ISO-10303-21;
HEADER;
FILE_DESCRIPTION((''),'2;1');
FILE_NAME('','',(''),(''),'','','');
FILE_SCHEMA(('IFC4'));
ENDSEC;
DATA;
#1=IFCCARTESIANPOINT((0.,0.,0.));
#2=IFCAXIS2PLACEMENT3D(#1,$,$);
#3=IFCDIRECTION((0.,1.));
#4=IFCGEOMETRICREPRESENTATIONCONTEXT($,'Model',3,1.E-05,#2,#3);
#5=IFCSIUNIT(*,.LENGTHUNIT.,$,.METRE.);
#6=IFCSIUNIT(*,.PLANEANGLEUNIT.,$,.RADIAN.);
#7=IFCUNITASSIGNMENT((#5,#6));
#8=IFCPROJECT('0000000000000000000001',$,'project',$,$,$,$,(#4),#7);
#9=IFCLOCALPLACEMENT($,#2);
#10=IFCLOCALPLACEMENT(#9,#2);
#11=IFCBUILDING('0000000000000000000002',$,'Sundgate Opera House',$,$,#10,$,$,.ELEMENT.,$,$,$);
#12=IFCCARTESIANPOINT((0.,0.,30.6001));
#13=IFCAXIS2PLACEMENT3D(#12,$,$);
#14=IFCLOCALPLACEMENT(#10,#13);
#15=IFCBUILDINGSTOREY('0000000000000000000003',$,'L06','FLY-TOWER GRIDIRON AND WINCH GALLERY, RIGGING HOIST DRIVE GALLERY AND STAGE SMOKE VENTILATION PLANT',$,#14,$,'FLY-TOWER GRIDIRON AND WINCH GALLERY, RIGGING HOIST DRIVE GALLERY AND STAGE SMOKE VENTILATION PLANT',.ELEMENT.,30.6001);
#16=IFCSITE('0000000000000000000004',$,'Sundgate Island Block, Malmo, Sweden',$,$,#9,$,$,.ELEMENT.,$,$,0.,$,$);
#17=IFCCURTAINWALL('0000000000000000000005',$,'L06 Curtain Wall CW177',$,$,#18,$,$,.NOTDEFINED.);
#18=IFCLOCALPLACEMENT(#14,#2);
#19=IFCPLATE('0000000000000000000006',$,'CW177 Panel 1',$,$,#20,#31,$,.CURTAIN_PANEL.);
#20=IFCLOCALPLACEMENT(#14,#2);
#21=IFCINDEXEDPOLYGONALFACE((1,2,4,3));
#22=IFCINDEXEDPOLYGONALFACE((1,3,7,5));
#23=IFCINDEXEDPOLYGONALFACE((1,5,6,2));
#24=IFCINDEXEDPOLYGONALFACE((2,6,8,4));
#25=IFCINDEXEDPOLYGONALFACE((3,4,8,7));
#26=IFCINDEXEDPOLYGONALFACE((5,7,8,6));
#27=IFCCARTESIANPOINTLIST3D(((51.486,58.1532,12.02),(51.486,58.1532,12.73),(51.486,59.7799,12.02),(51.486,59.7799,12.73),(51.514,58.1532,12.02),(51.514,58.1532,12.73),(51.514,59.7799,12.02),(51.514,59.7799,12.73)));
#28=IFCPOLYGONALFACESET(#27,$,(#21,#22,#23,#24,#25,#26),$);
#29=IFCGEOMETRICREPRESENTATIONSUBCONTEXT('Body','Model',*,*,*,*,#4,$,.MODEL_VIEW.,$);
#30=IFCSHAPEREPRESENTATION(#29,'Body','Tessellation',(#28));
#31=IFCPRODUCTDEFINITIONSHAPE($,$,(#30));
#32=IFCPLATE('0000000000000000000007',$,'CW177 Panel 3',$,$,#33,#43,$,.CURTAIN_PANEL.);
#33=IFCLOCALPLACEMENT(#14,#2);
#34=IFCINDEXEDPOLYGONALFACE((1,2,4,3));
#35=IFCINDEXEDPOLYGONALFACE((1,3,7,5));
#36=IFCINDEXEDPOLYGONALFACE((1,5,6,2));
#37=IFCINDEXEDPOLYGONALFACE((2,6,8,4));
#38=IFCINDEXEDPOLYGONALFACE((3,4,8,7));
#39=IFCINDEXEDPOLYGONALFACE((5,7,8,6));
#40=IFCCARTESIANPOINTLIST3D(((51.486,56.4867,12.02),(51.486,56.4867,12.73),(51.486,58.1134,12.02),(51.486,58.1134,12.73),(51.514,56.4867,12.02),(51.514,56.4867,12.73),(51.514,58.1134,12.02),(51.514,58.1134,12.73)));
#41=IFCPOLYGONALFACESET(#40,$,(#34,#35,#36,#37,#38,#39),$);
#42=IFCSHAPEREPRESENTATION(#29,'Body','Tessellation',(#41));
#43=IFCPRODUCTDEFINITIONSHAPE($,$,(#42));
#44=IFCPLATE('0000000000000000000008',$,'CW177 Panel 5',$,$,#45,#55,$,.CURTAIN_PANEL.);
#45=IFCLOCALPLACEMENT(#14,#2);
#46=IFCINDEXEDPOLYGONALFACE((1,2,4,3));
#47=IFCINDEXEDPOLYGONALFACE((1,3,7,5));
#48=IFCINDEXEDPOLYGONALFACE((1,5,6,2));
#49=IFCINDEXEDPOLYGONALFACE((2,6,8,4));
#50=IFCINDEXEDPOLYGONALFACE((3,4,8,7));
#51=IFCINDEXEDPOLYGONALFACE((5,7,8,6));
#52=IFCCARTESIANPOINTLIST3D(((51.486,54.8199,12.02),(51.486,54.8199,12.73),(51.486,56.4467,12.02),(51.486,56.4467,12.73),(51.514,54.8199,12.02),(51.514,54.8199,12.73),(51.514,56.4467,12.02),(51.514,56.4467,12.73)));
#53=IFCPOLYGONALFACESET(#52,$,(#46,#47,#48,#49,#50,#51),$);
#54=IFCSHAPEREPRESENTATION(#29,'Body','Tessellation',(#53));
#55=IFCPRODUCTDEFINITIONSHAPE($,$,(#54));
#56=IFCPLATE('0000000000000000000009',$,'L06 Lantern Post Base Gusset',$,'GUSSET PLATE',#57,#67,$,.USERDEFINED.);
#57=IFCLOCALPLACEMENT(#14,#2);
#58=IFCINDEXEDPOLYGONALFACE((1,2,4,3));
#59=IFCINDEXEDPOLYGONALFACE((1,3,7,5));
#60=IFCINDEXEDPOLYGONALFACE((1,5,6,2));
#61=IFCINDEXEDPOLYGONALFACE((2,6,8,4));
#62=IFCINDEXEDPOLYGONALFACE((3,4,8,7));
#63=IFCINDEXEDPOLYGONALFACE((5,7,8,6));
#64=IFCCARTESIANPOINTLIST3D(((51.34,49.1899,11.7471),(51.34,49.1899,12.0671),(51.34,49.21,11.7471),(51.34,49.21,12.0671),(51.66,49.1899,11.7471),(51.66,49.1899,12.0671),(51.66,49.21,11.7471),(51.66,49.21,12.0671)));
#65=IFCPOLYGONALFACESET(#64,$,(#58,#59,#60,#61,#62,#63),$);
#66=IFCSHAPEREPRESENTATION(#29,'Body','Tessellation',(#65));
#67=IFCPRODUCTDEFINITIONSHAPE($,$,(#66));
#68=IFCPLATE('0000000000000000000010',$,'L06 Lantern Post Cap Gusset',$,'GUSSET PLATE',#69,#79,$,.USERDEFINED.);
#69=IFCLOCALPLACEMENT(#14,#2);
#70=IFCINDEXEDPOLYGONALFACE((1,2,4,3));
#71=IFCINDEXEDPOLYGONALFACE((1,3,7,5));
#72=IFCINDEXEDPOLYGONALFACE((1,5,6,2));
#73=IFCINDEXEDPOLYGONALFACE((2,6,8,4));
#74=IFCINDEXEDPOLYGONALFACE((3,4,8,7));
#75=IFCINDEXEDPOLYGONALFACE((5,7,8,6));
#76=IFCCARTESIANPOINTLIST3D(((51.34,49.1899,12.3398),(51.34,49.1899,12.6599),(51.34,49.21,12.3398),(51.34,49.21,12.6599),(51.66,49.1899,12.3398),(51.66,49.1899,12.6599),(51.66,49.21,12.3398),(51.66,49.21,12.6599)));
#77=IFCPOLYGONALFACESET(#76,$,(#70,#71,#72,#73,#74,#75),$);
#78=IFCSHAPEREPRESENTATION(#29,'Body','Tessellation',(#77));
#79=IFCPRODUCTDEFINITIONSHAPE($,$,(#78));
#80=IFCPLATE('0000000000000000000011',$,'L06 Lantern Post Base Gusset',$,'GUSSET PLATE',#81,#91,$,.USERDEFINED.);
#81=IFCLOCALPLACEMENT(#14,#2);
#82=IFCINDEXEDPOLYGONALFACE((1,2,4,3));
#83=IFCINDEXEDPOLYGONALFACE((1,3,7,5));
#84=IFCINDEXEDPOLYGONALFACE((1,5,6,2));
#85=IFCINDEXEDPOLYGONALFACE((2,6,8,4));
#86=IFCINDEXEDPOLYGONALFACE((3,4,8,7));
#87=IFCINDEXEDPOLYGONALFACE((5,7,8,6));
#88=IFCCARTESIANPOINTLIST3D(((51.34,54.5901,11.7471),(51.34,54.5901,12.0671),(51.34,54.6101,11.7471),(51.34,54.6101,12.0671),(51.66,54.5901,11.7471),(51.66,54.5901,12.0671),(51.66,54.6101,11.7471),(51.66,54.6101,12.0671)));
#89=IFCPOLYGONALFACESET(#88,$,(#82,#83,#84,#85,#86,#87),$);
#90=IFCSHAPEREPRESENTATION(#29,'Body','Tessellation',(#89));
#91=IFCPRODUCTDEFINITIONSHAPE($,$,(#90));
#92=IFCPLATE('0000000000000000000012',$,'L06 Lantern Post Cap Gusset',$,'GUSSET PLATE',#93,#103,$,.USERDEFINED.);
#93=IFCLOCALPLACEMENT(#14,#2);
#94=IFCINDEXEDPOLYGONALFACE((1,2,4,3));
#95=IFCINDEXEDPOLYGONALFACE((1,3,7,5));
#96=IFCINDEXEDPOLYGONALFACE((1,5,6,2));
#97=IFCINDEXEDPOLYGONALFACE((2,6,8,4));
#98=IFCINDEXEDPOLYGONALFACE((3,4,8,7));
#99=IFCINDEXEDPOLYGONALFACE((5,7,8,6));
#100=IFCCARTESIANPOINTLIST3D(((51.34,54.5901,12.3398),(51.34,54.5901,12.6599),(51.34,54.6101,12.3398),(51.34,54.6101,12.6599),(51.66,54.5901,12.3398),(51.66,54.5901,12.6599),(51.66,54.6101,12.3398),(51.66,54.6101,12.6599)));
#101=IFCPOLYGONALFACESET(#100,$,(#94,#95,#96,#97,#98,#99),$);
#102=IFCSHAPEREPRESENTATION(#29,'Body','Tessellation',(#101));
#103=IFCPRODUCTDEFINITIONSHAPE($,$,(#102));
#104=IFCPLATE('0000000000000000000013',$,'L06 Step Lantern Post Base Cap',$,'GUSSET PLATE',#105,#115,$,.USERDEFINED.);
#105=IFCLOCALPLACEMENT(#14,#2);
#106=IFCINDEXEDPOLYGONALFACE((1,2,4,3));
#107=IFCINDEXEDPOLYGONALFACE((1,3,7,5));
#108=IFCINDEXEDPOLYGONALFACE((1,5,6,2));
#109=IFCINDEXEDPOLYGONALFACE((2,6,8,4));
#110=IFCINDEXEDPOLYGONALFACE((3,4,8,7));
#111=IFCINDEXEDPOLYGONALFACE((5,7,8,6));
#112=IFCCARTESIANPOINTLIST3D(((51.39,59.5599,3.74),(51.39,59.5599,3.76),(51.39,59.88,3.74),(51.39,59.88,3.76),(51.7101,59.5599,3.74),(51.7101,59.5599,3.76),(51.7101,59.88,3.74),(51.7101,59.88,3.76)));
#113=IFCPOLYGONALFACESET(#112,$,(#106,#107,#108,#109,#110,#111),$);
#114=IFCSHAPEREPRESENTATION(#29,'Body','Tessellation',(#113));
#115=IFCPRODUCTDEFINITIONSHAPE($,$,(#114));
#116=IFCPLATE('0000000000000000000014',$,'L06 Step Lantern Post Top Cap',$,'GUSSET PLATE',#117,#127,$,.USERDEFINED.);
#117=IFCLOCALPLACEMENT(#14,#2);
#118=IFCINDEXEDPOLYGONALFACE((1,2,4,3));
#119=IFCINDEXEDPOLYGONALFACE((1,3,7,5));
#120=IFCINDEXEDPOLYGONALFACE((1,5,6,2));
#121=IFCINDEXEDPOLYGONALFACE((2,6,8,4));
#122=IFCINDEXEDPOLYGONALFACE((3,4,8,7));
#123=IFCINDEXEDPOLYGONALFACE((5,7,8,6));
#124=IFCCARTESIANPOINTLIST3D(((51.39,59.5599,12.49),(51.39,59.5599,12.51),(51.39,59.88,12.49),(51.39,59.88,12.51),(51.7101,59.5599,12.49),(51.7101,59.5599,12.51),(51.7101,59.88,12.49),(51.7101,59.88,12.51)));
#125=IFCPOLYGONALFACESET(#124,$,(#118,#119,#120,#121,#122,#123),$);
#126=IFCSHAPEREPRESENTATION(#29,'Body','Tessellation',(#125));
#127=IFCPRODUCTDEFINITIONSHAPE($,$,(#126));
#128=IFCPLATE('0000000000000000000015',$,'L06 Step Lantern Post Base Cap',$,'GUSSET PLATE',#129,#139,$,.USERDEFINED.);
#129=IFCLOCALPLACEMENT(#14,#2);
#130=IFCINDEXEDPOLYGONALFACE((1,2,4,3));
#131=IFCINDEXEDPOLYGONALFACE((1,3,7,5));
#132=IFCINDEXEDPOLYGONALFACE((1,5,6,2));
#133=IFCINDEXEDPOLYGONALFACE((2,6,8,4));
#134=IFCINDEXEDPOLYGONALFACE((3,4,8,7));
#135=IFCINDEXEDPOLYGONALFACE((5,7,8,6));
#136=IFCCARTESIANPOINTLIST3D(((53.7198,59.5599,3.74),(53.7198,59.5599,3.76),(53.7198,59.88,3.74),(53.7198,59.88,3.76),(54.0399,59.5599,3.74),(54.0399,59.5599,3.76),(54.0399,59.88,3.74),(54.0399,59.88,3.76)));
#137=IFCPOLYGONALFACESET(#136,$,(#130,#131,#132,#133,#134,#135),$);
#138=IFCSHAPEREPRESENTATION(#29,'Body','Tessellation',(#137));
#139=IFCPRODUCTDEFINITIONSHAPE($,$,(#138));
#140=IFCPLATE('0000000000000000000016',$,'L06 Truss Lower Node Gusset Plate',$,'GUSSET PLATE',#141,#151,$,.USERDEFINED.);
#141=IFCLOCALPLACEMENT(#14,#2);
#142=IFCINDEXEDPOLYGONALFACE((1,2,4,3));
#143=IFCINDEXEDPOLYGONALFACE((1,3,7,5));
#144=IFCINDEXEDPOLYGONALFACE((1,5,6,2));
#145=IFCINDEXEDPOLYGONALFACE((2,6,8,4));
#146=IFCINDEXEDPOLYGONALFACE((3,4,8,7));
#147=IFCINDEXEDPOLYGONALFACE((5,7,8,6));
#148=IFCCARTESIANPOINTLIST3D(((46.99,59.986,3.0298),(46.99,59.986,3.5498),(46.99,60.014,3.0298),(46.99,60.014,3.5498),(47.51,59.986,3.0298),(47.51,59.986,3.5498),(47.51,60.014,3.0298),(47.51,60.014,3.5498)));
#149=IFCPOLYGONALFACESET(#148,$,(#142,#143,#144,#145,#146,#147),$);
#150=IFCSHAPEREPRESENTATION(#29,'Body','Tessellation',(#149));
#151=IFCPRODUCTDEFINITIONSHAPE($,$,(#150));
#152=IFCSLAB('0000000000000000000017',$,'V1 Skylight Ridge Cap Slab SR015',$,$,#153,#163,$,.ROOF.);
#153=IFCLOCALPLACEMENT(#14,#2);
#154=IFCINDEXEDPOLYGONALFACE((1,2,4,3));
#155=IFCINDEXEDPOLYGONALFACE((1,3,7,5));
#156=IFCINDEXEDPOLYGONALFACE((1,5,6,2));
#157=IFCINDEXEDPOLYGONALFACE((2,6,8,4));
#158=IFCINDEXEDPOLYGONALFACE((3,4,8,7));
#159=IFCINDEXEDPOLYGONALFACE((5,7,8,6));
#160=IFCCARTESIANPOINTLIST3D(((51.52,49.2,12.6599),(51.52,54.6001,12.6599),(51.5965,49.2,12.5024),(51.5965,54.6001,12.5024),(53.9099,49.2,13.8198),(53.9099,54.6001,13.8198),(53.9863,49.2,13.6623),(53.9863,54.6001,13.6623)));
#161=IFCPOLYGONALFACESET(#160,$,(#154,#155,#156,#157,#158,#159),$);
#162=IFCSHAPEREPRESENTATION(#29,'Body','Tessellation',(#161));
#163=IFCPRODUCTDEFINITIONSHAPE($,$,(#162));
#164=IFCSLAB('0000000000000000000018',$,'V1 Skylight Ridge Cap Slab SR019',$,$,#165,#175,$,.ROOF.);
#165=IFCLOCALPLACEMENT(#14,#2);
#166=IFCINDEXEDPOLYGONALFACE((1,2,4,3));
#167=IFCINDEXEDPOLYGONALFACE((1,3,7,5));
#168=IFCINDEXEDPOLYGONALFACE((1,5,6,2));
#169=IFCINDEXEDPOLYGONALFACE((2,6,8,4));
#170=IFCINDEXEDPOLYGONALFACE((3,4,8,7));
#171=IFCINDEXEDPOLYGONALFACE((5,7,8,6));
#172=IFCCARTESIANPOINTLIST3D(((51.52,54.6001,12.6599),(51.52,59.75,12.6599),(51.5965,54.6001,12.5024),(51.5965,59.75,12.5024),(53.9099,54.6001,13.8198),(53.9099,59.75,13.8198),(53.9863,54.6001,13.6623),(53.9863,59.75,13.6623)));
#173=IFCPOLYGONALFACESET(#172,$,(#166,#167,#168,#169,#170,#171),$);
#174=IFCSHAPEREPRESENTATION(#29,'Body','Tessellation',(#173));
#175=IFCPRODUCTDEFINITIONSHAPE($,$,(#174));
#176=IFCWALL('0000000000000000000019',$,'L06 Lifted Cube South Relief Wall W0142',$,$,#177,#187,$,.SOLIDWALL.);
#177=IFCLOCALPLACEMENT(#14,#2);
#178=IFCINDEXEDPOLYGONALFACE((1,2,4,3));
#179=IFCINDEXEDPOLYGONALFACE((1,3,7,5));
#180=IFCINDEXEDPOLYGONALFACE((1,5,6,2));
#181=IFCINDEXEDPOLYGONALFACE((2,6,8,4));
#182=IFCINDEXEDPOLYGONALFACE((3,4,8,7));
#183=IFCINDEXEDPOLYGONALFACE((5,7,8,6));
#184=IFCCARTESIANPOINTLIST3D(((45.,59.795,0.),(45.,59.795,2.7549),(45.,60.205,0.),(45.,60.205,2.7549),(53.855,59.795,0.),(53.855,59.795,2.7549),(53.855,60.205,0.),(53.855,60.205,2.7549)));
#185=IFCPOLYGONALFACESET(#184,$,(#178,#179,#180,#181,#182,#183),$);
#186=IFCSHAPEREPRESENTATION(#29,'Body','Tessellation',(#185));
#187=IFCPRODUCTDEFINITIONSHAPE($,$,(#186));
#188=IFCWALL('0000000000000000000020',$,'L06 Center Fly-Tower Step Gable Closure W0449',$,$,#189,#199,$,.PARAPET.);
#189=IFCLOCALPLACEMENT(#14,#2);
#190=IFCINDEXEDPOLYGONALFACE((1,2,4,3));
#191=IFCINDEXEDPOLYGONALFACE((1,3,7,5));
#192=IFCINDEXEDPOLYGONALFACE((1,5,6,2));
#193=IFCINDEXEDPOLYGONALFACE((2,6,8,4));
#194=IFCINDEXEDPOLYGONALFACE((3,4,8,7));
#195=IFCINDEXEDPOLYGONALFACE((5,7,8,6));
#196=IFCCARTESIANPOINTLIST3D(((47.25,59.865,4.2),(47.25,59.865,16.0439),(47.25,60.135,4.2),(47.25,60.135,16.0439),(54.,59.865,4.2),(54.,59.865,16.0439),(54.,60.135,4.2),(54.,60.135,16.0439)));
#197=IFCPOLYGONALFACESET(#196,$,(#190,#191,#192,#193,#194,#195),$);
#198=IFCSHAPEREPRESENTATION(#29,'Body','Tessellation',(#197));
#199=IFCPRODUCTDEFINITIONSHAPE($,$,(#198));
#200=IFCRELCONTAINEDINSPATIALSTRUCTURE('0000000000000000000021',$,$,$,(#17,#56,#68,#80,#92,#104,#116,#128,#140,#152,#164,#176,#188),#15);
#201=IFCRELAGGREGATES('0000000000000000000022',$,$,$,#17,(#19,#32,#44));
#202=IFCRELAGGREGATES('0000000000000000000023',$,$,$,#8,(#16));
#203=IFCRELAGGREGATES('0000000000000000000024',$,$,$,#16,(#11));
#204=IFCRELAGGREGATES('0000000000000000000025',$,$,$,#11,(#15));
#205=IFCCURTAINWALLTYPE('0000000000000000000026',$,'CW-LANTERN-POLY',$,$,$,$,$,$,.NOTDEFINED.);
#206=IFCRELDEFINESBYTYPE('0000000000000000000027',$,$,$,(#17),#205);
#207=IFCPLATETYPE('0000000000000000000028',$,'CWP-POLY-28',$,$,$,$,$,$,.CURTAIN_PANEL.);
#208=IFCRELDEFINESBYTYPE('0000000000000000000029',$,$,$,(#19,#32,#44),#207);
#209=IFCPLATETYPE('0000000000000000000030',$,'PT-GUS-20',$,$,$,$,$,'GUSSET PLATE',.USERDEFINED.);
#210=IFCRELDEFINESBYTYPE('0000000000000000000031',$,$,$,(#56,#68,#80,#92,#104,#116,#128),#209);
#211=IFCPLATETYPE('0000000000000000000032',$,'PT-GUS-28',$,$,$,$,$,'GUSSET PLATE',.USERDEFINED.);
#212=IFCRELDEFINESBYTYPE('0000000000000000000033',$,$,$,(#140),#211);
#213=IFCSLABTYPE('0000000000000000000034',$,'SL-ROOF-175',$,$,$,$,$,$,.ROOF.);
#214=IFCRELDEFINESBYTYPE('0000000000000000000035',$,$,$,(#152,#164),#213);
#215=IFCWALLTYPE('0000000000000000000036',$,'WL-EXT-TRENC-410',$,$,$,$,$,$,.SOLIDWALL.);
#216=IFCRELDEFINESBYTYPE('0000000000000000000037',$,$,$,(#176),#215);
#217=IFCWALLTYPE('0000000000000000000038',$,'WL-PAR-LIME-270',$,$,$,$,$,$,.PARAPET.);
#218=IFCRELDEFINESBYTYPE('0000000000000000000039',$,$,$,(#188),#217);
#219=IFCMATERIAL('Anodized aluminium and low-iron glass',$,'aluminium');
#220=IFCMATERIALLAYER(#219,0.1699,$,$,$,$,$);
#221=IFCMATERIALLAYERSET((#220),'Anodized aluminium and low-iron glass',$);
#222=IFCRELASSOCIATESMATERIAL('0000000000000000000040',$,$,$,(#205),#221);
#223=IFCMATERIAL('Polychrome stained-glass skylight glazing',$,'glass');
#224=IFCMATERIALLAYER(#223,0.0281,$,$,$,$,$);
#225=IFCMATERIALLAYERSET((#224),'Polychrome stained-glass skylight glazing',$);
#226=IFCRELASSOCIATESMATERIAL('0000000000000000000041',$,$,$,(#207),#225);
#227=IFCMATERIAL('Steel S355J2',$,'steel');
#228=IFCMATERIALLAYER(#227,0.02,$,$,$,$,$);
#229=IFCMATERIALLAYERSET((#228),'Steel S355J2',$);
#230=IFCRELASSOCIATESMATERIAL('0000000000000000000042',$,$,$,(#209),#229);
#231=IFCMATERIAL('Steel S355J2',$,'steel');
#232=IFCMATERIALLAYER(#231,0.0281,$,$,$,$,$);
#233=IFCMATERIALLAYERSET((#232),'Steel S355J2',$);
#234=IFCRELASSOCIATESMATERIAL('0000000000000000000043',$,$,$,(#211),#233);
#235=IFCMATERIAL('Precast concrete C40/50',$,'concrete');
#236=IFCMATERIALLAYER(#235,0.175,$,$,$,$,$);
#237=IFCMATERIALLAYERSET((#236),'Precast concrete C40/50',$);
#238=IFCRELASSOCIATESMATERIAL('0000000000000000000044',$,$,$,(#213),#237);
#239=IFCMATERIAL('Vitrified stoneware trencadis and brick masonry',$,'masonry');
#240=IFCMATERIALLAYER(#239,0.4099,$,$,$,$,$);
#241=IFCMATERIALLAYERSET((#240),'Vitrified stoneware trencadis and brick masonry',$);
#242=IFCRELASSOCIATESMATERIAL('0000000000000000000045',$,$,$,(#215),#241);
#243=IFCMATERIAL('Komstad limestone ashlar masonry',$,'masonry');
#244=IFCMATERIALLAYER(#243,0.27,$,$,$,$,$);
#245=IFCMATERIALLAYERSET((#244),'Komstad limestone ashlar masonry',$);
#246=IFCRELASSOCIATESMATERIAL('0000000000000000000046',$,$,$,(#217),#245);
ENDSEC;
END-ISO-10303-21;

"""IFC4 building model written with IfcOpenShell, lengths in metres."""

from ifc_helpers import new_model, si_unit, direction, frame, frame_2d, origin, origin_2d, place, context, subcontext, project, spatial, polyline, rectangle, outline, extrude, material, layer, layer_set, type_object, element, aggregate, save


model = new_model("IFC4")

# Units and contexts
model_context = context("Model", 3, precision=1e-05, world=origin(), true_north=direction((0.0, 1.0)))
body_context = subcontext(model_context, "Body", "Model", "MODEL_VIEW")
ifc_project = project(units=[si_unit("LENGTHUNIT", "METRE"), si_unit("PLANEANGLEUNIT", "RADIAN")], contexts=[model_context])

# Site, building, storey
site_placement = place(None, origin())
site = spatial("IfcSite", under=ifc_project, at=site_placement, Name="Sundgate Island Block, Malmo, Sweden", CompositionType="ELEMENT", RefElevation=0.0)
building_placement = place(site_placement, origin())
building = spatial("IfcBuilding", under=site, at=building_placement, Name="Sundgate Opera House", CompositionType="ELEMENT")
storey_placement = place(building_placement, frame((0.0, 0.0, 30.6001)))
storey = spatial("IfcBuildingStorey", under=building, at=storey_placement, Name="L06", Description="FLY-TOWER GRIDIRON AND WINCH GALLERY, RIGGING HOIST DRIVE GALLERY AND STAGE SMOKE VENTILATION PLANT", LongName="FLY-TOWER GRIDIRON AND WINCH GALLERY, RIGGING HOIST DRIVE GALLERY AND STAGE SMOKE VENTILATION PLANT", CompositionType="ELEMENT", Elevation=30.6001)

# Curtain wall
ifc_material_1 = material(Name="Anodized aluminium and low-iron glass", Category="aluminium")
ifc_layer_1 = layer(ifc_material_1, 0.1699)
ifc_layer_set_1 = layer_set([ifc_layer_1], Name="Anodized aluminium and low-iron glass")
curtain_wall_type = type_object("IfcCurtainWallType", Name="CW-LANTERN-POLY", PredefinedType="NOTDEFINED", material=ifc_layer_set_1)
curtain_wall_1_placement = place(storey_placement, origin())
curtain_wall_1 = element("IfcCurtainWall", 1, at=curtain_wall_1_placement, inside=storey, type_object=curtain_wall_type, Name="L06 Curtain Wall CW177", PredefinedType="NOTDEFINED")

# Plates
ifc_material_2 = material(Name="Polychrome stained-glass skylight glazing", Category="glass")
ifc_layer_2 = layer(ifc_material_2, 0.0281)
ifc_layer_set_2 = layer_set([ifc_layer_2], Name="Polychrome stained-glass skylight glazing")
plate_type_1 = type_object("IfcPlateType", Name="CWP-POLY-28", PredefinedType="CURTAIN_PANEL", material=ifc_layer_set_2)
plate_1_placement = place(storey_placement, frame((51.5, 58.9666, 12.02), z_axis=(0.0, 0.0, 1.0), x_axis=(0.0, -1.0, 0.0)))
plate_1 = element("IfcPlate", 2, at=plate_1_placement, type_object=plate_type_1, Name="CW177 Panel 1", PredefinedType="CURTAIN_PANEL", context=body_context, shape_type="SweptSolid", body=[
    extrude(rectangle(XDim=1.6267, YDim=0.0281, at=origin_2d()), origin(), (0.0, 0.0, 1.0), 0.71),
])
plate_2_placement = place(storey_placement, frame((51.5, 57.3, 12.02), z_axis=(0.0, 0.0, 1.0), x_axis=(0.0, -1.0, 0.0)))
plate_2 = element("IfcPlate", 3, at=plate_2_placement, type_object=plate_type_1, Name="CW177 Panel 3", PredefinedType="CURTAIN_PANEL", context=body_context, shape_type="SweptSolid", body=[
    extrude(rectangle(XDim=1.6267, YDim=0.0281, at=origin_2d()), origin(), (0.0, 0.0, 1.0), 0.71),
])
plate_3_placement = place(storey_placement, frame((51.5, 55.6333, 12.02), z_axis=(0.0, 0.0, 1.0), x_axis=(0.0, -1.0, 0.0)))
plate_3 = element("IfcPlate", 4, at=plate_3_placement, type_object=plate_type_1, Name="CW177 Panel 5", PredefinedType="CURTAIN_PANEL", context=body_context, shape_type="SweptSolid", body=[
    extrude(rectangle(XDim=1.6267, YDim=0.0281, at=origin_2d()), origin(), (0.0, 0.0, 1.0), 0.71),
])
aggregate(curtain_wall_1, [plate_1, plate_2, plate_3])

# Plates
ifc_material_3 = material(Name="Steel S355J2", Category="steel")
ifc_layer_3 = layer(ifc_material_3, 0.02)
ifc_layer_set_3 = layer_set([ifc_layer_3], Name="Steel S355J2")
plate_type_2 = type_object("IfcPlateType", Name="PT-GUS-20", ElementType="GUSSET PLATE", PredefinedType="USERDEFINED", material=ifc_layer_set_3)
for number, where, z_axis, x_axis, name in (
    (5, (51.5, 49.2, 11.7471), (0.0, 0.0, 1.0), (1.0, 0.0, 0.0), "L06 Lantern Post Base Gusset"),
    (6, (51.5, 49.2, 12.3398), (0.0, 0.0, 1.0), (1.0, 0.0, 0.0), "L06 Lantern Post Cap Gusset"),
    (7, (51.5, 54.6001, 11.7471), (0.0, 0.0, 1.0), (1.0, 0.0, 0.0), "L06 Lantern Post Base Gusset"),
    (8, (51.5, 54.6001, 12.3398), (0.0, 0.0, 1.0), (1.0, 0.0, 0.0), "L06 Lantern Post Cap Gusset"),
):
    element("IfcPlate", number, at=place(storey_placement, frame(where, z_axis=z_axis, x_axis=x_axis)), inside=storey, type_object=plate_type_2, Name=name, ObjectType="GUSSET PLATE", PredefinedType="USERDEFINED", context=body_context, shape_type="SweptSolid", body=[
        extrude(rectangle(XDim=0.3201, YDim=0.02, at=origin_2d()), origin(), (0.0, 0.0, 1.0), 0.3201),
    ])
for number, where, z_axis, x_axis, name in (
    (9, (51.55, 59.72, 3.74), (0.0, 0.0, 1.0), (1.0, 0.0, 0.0), "L06 Step Lantern Post Base Cap"),
    (10, (51.55, 59.72, 12.49), (0.0, 0.0, 1.0), (1.0, 0.0, 0.0), "L06 Step Lantern Post Top Cap"),
    (11, (53.8799, 59.72, 3.74), (0.0, 0.0, 1.0), (1.0, 0.0, 0.0), "L06 Step Lantern Post Base Cap"),
):
    element("IfcPlate", number, at=place(storey_placement, frame(where, z_axis=z_axis, x_axis=x_axis)), inside=storey, type_object=plate_type_2, Name=name, ObjectType="GUSSET PLATE", PredefinedType="USERDEFINED", context=body_context, shape_type="SweptSolid", body=[
        extrude(rectangle(XDim=0.3201, YDim=0.3201, at=origin_2d()), origin(), (0.0, 0.0, 1.0), 0.02),
    ])
ifc_material_4 = material(Name="Steel S355J2", Category="steel")
ifc_layer_4 = layer(ifc_material_4, 0.0281)
ifc_layer_set_4 = layer_set([ifc_layer_4], Name="Steel S355J2")
plate_type_3 = type_object("IfcPlateType", Name="PT-GUS-28", ElementType="GUSSET PLATE", PredefinedType="USERDEFINED", material=ifc_layer_set_4)
plate_4_placement = place(storey_placement, frame((47.25, 60.0, 3.0298), z_axis=(0.0, 0.0, 1.0), x_axis=(1.0, 0.0, 0.0)))
element("IfcPlate", 12, at=plate_4_placement, inside=storey, type_object=plate_type_3, Name="L06 Truss Lower Node Gusset Plate", ObjectType="GUSSET PLATE", PredefinedType="USERDEFINED", context=body_context, shape_type="SweptSolid", body=[
    extrude(rectangle(XDim=0.52, YDim=0.0281, at=origin_2d()), origin(), (0.0, 0.0, 1.0), 0.52),
])

# Slabs
ifc_material_5 = material(Name="Precast concrete C40/50", Category="concrete")
ifc_layer_5 = layer(ifc_material_5, 0.175)
ifc_layer_set_5 = layer_set([ifc_layer_5], Name="Precast concrete C40/50")
slab_type = type_object("IfcSlabType", Name="SL-ROOF-175", PredefinedType="ROOF", material=ifc_layer_set_5)
slab_1_placement = place(storey_placement, frame((51.52, 49.2, 12.6599), z_axis=(-0.436632, 0.0, 0.89964), x_axis=(0.89964, 0.0, 0.436632)))
element("IfcSlab", 13, at=slab_1_placement, inside=storey, type_object=slab_type, Name="V1 Skylight Ridge Cap Slab SR015", PredefinedType="ROOF", context=body_context, shape_type="SweptSolid", body=[
    extrude(outline(polyline([(0.0, 0.0), (2.6565, 0.0), (2.6565, 5.4001), (0.0, 5.4001), (0.0, 0.0)])), origin(), (0.0, 0.0, -1.0), 0.175),
])
slab_2_placement = place(storey_placement, frame((51.52, 54.6001, 12.6599), z_axis=(-0.436632, 0.0, 0.89964), x_axis=(0.89964, 0.0, 0.436632)))
element("IfcSlab", 14, at=slab_2_placement, inside=storey, type_object=slab_type, Name="V1 Skylight Ridge Cap Slab SR019", PredefinedType="ROOF", context=body_context, shape_type="SweptSolid", body=[
    extrude(outline(polyline([(0.0, 0.0), (2.6565, 0.0), (2.6565, 5.1499), (0.0, 5.1499), (0.0, 0.0)])), origin(), (0.0, 0.0, -1.0), 0.175),
])

# Walls
ifc_material_6 = material(Name="Vitrified stoneware trencadis and brick masonry", Category="masonry")
ifc_layer_6 = layer(ifc_material_6, 0.4099)
ifc_layer_set_6 = layer_set([ifc_layer_6], Name="Vitrified stoneware trencadis and brick masonry")
wall_type_1 = type_object("IfcWallType", Name="WL-EXT-TRENC-410", PredefinedType="SOLIDWALL", material=ifc_layer_set_6)
wall_1_placement = place(storey_placement, frame((53.855, 60.0, 0.0), z_axis=(0.0, 0.0, 1.0), x_axis=(-1.0, 0.0, 0.0)))
element("IfcWall", 15, at=wall_1_placement, inside=storey, type_object=wall_type_1, Name="L06 Lifted Cube South Relief Wall W0142", PredefinedType="SOLIDWALL", context=body_context, shape_type="SweptSolid", body=[
    extrude(rectangle(XDim=8.855, YDim=0.4099, at=frame_2d((4.4275, 0.0))), origin(), (0.0, 0.0, 1.0), 2.7549),
])
ifc_material_7 = material(Name="Komstad limestone ashlar masonry", Category="masonry")
ifc_layer_7 = layer(ifc_material_7, 0.27)
ifc_layer_set_7 = layer_set([ifc_layer_7], Name="Komstad limestone ashlar masonry")
wall_type_2 = type_object("IfcWallType", Name="WL-PAR-LIME-270", PredefinedType="PARAPET", material=ifc_layer_set_7)
wall_2_placement = place(storey_placement, frame((47.25, 60.0, 4.2), z_axis=(0.0, 0.0, 1.0), x_axis=(1.0, 0.0, 0.0)))
element("IfcWall", 16, at=wall_2_placement, inside=storey, type_object=wall_type_2, Name="L06 Center Fly-Tower Step Gable Closure W0449", PredefinedType="PARAPET", context=body_context, shape_type="SweptSolid", body=[
    extrude(rectangle(XDim=6.75, YDim=0.27, at=frame_2d((3.375, 0.0))), origin(), (0.0, 0.0, 1.0), 11.844),
])

save(model, "model.ifc")
